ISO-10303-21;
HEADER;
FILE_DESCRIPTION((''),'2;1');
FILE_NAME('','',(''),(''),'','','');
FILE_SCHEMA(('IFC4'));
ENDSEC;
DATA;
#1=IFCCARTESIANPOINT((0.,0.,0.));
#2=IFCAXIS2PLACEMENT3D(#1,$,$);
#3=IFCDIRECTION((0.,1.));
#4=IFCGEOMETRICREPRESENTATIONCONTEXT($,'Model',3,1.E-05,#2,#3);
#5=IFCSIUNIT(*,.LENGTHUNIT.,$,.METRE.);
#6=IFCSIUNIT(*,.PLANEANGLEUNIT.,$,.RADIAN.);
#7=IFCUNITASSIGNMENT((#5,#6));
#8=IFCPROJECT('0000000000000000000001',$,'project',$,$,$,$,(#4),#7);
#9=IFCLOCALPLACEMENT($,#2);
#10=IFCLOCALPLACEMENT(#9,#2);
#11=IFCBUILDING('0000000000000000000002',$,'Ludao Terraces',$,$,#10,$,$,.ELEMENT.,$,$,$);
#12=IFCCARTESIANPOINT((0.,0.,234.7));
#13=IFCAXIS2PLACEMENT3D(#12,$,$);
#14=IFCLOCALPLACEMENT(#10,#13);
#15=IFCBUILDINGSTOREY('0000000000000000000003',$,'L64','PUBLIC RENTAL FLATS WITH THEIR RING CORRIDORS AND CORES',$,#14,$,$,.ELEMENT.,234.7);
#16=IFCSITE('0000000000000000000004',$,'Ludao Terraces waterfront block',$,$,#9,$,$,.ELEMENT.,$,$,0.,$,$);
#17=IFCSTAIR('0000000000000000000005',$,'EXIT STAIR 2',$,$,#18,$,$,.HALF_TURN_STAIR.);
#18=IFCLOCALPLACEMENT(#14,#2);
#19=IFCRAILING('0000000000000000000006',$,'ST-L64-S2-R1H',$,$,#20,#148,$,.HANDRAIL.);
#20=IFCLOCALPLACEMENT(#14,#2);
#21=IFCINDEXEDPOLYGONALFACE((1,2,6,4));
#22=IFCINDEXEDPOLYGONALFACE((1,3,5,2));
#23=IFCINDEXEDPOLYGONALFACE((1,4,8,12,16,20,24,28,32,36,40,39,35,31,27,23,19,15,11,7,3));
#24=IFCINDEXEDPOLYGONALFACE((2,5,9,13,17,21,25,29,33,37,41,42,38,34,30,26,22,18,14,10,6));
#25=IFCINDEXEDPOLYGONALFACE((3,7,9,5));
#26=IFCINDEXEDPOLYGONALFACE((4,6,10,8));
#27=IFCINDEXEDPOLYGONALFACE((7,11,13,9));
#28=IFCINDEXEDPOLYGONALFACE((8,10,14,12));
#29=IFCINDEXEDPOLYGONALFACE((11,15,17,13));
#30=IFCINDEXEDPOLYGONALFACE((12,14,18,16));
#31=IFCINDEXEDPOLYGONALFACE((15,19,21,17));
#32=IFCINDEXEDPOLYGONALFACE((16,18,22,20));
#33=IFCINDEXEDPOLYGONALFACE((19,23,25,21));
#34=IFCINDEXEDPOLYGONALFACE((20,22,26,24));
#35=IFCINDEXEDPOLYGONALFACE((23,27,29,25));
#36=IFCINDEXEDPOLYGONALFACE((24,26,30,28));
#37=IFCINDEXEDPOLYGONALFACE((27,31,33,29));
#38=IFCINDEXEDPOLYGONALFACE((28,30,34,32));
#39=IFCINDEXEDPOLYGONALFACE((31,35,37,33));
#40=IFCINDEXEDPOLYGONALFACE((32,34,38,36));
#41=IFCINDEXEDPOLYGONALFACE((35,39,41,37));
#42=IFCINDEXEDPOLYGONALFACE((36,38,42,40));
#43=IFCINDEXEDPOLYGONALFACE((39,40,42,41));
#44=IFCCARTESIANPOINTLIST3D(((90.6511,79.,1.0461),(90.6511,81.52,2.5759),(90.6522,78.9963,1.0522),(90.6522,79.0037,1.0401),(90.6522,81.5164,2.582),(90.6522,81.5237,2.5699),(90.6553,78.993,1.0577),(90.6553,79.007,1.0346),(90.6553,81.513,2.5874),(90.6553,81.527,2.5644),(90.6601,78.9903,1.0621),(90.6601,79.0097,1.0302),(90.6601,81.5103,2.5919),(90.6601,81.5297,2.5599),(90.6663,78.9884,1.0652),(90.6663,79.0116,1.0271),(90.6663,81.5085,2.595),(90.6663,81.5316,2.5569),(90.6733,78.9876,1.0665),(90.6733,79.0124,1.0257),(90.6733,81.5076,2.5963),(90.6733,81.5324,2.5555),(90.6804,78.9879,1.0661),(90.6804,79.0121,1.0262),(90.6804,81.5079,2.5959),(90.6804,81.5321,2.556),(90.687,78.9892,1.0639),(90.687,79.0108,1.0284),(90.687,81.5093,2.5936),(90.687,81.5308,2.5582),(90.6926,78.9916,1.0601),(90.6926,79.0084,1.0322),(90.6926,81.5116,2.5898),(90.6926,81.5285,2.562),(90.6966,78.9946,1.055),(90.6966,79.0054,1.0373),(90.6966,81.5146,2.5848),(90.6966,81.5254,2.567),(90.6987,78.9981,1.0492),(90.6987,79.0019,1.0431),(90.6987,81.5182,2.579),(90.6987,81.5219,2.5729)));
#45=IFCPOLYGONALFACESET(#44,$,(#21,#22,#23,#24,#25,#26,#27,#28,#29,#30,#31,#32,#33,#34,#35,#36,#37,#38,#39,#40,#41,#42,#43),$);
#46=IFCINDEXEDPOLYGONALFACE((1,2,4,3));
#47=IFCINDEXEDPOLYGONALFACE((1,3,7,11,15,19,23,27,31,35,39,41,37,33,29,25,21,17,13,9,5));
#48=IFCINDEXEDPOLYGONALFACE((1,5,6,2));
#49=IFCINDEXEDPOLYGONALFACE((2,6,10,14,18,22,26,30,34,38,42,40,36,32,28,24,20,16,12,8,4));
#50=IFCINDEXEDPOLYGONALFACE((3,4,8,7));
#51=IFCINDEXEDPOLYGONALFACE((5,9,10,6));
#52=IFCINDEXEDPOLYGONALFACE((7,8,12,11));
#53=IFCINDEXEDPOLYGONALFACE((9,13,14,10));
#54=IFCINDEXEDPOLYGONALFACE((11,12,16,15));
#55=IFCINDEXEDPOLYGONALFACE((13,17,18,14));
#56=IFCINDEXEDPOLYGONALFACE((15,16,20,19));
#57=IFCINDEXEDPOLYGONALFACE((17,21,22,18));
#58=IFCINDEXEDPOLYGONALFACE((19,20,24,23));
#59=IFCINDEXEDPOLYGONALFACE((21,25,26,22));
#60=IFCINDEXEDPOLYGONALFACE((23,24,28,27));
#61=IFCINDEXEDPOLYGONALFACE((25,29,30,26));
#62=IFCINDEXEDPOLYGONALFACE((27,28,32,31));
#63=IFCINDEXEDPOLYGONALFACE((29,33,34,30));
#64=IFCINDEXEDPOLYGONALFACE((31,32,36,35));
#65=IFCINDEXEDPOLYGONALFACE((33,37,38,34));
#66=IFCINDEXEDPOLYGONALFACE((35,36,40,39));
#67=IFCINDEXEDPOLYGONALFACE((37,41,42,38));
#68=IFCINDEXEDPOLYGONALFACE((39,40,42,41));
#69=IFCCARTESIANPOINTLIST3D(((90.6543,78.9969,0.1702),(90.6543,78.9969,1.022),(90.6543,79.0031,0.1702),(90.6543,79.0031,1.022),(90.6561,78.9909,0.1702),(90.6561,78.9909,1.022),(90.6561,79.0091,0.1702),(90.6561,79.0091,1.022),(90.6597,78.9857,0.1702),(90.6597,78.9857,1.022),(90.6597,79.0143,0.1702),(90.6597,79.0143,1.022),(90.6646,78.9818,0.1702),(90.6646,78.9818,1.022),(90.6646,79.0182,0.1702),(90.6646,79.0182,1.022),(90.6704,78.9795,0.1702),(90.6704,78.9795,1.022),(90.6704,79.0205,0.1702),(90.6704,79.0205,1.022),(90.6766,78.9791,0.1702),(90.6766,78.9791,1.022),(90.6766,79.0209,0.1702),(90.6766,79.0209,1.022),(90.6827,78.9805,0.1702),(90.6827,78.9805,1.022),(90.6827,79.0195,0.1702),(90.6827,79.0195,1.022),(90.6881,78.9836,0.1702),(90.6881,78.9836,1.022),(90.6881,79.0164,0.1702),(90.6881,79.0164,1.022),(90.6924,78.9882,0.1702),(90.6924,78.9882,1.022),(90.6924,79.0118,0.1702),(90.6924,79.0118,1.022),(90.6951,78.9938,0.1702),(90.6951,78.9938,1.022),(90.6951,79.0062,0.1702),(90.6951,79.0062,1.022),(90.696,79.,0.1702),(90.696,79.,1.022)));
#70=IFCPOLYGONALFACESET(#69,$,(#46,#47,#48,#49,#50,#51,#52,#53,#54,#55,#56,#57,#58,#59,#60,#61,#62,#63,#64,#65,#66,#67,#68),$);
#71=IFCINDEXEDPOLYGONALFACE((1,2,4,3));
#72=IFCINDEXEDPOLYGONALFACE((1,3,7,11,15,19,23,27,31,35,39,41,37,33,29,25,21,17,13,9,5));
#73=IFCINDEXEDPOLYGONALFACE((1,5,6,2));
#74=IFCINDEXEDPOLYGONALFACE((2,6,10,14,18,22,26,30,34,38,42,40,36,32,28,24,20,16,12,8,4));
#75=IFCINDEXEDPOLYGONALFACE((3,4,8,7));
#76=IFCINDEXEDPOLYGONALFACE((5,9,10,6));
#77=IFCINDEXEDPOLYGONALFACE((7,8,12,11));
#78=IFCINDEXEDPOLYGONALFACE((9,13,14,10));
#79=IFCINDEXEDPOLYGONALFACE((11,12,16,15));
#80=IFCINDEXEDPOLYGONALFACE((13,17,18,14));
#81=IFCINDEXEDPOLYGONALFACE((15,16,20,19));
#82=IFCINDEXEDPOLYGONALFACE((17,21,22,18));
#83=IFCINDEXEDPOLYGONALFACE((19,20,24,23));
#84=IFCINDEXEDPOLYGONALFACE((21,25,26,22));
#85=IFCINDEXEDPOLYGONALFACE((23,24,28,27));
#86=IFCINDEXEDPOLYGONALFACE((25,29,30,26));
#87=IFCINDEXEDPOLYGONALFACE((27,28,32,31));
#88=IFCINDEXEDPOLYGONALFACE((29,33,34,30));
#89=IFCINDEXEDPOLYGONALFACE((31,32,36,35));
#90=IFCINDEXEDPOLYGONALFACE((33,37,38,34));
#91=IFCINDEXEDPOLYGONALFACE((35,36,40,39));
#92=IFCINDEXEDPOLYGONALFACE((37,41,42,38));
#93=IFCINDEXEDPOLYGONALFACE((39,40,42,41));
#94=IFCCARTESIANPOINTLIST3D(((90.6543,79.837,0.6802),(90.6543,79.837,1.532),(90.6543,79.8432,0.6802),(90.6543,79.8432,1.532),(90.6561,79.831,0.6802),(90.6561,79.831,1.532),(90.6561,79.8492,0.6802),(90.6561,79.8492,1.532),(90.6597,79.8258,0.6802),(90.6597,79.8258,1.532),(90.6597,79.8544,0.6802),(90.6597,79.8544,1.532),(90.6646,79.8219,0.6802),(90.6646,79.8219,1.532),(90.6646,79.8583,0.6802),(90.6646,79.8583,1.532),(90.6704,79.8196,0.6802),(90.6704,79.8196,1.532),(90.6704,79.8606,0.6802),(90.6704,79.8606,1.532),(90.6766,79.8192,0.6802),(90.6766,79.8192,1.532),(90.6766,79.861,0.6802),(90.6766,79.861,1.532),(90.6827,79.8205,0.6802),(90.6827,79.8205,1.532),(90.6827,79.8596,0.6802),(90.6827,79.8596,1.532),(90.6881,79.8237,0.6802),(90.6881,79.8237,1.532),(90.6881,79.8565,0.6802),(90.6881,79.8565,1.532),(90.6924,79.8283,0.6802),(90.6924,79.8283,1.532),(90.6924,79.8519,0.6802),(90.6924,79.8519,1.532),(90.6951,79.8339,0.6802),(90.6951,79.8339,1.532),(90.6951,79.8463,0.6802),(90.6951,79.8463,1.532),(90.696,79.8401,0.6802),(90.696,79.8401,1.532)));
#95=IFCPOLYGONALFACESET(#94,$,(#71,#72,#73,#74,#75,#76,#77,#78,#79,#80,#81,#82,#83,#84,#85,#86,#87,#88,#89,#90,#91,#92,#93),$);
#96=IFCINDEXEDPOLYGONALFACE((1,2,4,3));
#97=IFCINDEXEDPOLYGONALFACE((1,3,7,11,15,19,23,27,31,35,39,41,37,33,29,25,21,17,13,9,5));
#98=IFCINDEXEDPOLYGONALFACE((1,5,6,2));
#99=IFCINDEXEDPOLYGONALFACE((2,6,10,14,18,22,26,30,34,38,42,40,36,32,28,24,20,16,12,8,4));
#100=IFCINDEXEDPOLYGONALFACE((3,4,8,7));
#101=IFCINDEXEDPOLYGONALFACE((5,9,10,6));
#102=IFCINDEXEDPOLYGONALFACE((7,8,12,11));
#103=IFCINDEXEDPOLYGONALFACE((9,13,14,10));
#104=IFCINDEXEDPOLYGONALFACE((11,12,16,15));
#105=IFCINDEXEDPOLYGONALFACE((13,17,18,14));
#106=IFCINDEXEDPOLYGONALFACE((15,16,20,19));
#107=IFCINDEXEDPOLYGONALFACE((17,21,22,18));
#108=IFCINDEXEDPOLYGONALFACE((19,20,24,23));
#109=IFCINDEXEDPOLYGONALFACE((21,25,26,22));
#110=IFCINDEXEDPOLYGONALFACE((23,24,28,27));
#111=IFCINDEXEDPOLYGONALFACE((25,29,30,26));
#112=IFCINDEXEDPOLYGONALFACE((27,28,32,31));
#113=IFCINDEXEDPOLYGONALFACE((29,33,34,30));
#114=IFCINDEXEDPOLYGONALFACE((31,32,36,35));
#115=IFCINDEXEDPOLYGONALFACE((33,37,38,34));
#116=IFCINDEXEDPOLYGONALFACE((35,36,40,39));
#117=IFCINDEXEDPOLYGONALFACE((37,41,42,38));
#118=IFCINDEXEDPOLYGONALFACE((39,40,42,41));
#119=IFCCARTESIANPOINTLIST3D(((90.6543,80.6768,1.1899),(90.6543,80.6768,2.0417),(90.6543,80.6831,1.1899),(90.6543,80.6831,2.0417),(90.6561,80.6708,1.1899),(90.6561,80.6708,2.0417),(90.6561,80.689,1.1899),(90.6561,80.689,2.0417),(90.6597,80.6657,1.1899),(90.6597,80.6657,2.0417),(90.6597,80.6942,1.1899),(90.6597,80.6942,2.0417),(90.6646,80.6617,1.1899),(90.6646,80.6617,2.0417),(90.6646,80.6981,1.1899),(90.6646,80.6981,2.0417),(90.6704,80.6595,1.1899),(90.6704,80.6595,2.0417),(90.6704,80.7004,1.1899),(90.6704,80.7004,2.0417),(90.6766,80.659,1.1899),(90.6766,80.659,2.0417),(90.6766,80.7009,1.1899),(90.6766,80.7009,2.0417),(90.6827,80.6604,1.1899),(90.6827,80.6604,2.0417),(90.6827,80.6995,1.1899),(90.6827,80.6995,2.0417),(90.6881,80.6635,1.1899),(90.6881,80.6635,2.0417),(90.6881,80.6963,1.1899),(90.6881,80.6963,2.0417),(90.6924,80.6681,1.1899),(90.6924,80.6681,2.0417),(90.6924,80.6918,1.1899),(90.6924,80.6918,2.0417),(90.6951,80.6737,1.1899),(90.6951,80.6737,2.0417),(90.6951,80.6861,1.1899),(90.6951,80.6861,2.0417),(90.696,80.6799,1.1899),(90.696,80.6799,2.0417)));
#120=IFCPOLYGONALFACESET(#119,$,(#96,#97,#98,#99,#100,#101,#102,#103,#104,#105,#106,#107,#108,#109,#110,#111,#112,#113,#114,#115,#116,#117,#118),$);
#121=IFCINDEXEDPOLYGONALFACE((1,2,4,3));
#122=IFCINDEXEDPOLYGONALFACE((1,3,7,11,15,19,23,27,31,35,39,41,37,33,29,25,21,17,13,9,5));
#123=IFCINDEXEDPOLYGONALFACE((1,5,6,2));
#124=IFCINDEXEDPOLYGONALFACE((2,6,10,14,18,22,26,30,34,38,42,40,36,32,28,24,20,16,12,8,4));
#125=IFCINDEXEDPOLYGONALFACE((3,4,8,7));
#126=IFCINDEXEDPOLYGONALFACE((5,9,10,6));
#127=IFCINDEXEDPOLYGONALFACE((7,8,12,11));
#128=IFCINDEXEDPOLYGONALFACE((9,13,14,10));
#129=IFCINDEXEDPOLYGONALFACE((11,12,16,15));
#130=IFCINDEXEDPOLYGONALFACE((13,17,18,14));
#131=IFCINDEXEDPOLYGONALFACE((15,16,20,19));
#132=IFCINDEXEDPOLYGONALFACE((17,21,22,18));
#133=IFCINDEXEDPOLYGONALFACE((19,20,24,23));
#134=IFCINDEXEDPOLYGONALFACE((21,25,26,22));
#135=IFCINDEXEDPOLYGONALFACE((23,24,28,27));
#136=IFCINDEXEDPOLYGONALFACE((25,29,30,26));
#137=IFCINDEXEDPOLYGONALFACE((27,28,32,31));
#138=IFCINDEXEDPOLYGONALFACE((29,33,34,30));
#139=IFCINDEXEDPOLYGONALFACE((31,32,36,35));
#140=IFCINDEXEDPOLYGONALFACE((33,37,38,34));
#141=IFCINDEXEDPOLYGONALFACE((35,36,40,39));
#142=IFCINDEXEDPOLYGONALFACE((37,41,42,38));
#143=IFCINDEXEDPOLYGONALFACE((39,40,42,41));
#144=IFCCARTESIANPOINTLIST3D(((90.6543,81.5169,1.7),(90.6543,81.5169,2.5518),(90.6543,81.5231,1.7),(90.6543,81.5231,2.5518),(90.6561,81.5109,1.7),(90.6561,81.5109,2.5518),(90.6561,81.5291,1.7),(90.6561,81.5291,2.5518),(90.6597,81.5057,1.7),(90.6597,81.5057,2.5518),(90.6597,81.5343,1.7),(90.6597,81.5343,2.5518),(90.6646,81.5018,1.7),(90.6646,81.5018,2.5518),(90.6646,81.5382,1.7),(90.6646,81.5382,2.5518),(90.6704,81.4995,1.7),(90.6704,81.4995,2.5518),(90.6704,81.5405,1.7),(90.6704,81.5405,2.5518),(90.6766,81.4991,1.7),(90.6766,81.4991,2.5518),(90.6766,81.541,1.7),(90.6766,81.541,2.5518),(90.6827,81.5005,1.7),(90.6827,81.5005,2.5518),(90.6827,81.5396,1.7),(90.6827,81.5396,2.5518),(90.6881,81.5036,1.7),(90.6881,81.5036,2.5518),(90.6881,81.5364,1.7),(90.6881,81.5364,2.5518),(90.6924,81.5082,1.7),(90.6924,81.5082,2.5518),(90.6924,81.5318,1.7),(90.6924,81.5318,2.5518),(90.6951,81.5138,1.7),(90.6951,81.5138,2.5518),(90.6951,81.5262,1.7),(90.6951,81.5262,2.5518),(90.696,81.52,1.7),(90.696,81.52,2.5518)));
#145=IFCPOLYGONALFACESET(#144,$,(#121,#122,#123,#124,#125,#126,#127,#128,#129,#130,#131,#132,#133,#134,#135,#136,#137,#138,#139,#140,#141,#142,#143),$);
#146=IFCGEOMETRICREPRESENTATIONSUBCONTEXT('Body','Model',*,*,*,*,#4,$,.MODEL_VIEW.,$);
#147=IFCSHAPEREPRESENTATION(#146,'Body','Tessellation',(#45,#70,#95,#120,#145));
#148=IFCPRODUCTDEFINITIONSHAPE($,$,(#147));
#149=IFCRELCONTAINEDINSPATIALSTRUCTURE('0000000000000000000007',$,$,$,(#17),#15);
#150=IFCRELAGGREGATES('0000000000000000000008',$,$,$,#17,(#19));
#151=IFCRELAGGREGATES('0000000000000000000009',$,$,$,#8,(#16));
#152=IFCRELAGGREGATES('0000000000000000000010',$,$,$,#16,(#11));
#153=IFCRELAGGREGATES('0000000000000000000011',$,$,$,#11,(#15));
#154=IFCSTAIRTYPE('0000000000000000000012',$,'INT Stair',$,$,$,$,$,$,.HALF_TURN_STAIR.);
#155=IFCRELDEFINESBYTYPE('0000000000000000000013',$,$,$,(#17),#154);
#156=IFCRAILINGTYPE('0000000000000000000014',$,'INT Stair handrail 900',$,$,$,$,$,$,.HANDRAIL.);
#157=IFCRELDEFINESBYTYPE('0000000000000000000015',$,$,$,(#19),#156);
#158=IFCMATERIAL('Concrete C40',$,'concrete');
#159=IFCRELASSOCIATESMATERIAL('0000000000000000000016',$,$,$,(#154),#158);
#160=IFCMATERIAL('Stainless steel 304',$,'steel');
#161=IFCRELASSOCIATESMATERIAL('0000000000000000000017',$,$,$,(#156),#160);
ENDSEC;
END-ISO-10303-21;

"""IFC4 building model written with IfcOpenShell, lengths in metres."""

from ifc_helpers import new_model, si_unit, direction, frame, origin, origin_2d, place, context, subcontext, project, spatial, circle, extrude, material, type_object, element, aggregate, save


model = new_model("IFC4")

# Units and contexts
model_context = context("Model", 3, precision=1e-05, world=origin(), true_north=direction((0.0, 1.0)))
body_context = subcontext(model_context, "Body", "Model", "MODEL_VIEW")
ifc_project = project(units=[si_unit("LENGTHUNIT", "METRE"), si_unit("PLANEANGLEUNIT", "RADIAN")], contexts=[model_context])

# Site, building, storey
site_placement = place(None, origin())
site = spatial("IfcSite", under=ifc_project, at=site_placement, Name="Ludao Terraces waterfront block", CompositionType="ELEMENT", RefElevation=0.0)
building_placement = place(site_placement, origin())
building = spatial("IfcBuilding", under=site, at=building_placement, Name="Ludao Terraces", CompositionType="ELEMENT")
storey_placement = place(building_placement, frame((0.0, 0.0, 234.7)))
storey = spatial("IfcBuildingStorey", under=building, at=storey_placement, Name="L64", Description="PUBLIC RENTAL FLATS WITH THEIR RING CORRIDORS AND CORES", CompositionType="ELEMENT", Elevation=234.7)

# Shared definitions
ifc_material_1 = material(Name="Concrete C40", Category="concrete")

# Shared definitions
ifc_material_2 = material(Name="Stainless steel 304", Category="steel")

# Stair, railing
stair_type = type_object("IfcStairType", Name="INT Stair", PredefinedType="HALF_TURN_STAIR", material=ifc_material_1)
stair_placement = place(storey_placement, origin())
stair = element("IfcStair", 1, at=stair_placement, inside=storey, type_object=stair_type, Name="EXIT STAIR 2", PredefinedType="HALF_TURN_STAIR")
railing_type_1 = type_object("IfcRailingType", Name="INT Stair handrail 900", PredefinedType="HANDRAIL", material=ifc_material_2)
railing_1_placement = place(storey_placement, frame((90.675, 79.0, 0.1702)))
railing_1 = element("IfcRailing", 2, at=railing_1_placement, type_object=railing_type_1, Name="ST-L64-S2-R1H", PredefinedType="HANDRAIL", context=body_context, shape_type="SweptSolid", body=[
    extrude(circle(Radius=0.0239, at=origin_2d()), frame((0.0, 0.0, 0.876), z_axis=(0.0, 0.854822, 0.518922), x_axis=(-1.0, 0.0, 0.0)), (0.0, 0.0, 1.0), 2.948),
    extrude(circle(Radius=0.021, at=origin_2d()), origin(), (0.0, 0.0, 1.0), 0.8518),
    extrude(circle(Radius=0.021, at=origin_2d()), frame((0.0, 0.8401, 0.51)), (0.0, 0.0, 1.0), 0.8518),
    extrude(circle(Radius=0.021, at=origin_2d()), frame((0.0, 1.6799, 1.0198)), (0.0, 0.0, 1.0), 0.8518),
    extrude(circle(Radius=0.021, at=origin_2d()), frame((0.0, 2.52, 1.5298)), (0.0, 0.0, 1.0), 0.8518),
])
aggregate(stair, [railing_1])

save(model, "model.ifc")
